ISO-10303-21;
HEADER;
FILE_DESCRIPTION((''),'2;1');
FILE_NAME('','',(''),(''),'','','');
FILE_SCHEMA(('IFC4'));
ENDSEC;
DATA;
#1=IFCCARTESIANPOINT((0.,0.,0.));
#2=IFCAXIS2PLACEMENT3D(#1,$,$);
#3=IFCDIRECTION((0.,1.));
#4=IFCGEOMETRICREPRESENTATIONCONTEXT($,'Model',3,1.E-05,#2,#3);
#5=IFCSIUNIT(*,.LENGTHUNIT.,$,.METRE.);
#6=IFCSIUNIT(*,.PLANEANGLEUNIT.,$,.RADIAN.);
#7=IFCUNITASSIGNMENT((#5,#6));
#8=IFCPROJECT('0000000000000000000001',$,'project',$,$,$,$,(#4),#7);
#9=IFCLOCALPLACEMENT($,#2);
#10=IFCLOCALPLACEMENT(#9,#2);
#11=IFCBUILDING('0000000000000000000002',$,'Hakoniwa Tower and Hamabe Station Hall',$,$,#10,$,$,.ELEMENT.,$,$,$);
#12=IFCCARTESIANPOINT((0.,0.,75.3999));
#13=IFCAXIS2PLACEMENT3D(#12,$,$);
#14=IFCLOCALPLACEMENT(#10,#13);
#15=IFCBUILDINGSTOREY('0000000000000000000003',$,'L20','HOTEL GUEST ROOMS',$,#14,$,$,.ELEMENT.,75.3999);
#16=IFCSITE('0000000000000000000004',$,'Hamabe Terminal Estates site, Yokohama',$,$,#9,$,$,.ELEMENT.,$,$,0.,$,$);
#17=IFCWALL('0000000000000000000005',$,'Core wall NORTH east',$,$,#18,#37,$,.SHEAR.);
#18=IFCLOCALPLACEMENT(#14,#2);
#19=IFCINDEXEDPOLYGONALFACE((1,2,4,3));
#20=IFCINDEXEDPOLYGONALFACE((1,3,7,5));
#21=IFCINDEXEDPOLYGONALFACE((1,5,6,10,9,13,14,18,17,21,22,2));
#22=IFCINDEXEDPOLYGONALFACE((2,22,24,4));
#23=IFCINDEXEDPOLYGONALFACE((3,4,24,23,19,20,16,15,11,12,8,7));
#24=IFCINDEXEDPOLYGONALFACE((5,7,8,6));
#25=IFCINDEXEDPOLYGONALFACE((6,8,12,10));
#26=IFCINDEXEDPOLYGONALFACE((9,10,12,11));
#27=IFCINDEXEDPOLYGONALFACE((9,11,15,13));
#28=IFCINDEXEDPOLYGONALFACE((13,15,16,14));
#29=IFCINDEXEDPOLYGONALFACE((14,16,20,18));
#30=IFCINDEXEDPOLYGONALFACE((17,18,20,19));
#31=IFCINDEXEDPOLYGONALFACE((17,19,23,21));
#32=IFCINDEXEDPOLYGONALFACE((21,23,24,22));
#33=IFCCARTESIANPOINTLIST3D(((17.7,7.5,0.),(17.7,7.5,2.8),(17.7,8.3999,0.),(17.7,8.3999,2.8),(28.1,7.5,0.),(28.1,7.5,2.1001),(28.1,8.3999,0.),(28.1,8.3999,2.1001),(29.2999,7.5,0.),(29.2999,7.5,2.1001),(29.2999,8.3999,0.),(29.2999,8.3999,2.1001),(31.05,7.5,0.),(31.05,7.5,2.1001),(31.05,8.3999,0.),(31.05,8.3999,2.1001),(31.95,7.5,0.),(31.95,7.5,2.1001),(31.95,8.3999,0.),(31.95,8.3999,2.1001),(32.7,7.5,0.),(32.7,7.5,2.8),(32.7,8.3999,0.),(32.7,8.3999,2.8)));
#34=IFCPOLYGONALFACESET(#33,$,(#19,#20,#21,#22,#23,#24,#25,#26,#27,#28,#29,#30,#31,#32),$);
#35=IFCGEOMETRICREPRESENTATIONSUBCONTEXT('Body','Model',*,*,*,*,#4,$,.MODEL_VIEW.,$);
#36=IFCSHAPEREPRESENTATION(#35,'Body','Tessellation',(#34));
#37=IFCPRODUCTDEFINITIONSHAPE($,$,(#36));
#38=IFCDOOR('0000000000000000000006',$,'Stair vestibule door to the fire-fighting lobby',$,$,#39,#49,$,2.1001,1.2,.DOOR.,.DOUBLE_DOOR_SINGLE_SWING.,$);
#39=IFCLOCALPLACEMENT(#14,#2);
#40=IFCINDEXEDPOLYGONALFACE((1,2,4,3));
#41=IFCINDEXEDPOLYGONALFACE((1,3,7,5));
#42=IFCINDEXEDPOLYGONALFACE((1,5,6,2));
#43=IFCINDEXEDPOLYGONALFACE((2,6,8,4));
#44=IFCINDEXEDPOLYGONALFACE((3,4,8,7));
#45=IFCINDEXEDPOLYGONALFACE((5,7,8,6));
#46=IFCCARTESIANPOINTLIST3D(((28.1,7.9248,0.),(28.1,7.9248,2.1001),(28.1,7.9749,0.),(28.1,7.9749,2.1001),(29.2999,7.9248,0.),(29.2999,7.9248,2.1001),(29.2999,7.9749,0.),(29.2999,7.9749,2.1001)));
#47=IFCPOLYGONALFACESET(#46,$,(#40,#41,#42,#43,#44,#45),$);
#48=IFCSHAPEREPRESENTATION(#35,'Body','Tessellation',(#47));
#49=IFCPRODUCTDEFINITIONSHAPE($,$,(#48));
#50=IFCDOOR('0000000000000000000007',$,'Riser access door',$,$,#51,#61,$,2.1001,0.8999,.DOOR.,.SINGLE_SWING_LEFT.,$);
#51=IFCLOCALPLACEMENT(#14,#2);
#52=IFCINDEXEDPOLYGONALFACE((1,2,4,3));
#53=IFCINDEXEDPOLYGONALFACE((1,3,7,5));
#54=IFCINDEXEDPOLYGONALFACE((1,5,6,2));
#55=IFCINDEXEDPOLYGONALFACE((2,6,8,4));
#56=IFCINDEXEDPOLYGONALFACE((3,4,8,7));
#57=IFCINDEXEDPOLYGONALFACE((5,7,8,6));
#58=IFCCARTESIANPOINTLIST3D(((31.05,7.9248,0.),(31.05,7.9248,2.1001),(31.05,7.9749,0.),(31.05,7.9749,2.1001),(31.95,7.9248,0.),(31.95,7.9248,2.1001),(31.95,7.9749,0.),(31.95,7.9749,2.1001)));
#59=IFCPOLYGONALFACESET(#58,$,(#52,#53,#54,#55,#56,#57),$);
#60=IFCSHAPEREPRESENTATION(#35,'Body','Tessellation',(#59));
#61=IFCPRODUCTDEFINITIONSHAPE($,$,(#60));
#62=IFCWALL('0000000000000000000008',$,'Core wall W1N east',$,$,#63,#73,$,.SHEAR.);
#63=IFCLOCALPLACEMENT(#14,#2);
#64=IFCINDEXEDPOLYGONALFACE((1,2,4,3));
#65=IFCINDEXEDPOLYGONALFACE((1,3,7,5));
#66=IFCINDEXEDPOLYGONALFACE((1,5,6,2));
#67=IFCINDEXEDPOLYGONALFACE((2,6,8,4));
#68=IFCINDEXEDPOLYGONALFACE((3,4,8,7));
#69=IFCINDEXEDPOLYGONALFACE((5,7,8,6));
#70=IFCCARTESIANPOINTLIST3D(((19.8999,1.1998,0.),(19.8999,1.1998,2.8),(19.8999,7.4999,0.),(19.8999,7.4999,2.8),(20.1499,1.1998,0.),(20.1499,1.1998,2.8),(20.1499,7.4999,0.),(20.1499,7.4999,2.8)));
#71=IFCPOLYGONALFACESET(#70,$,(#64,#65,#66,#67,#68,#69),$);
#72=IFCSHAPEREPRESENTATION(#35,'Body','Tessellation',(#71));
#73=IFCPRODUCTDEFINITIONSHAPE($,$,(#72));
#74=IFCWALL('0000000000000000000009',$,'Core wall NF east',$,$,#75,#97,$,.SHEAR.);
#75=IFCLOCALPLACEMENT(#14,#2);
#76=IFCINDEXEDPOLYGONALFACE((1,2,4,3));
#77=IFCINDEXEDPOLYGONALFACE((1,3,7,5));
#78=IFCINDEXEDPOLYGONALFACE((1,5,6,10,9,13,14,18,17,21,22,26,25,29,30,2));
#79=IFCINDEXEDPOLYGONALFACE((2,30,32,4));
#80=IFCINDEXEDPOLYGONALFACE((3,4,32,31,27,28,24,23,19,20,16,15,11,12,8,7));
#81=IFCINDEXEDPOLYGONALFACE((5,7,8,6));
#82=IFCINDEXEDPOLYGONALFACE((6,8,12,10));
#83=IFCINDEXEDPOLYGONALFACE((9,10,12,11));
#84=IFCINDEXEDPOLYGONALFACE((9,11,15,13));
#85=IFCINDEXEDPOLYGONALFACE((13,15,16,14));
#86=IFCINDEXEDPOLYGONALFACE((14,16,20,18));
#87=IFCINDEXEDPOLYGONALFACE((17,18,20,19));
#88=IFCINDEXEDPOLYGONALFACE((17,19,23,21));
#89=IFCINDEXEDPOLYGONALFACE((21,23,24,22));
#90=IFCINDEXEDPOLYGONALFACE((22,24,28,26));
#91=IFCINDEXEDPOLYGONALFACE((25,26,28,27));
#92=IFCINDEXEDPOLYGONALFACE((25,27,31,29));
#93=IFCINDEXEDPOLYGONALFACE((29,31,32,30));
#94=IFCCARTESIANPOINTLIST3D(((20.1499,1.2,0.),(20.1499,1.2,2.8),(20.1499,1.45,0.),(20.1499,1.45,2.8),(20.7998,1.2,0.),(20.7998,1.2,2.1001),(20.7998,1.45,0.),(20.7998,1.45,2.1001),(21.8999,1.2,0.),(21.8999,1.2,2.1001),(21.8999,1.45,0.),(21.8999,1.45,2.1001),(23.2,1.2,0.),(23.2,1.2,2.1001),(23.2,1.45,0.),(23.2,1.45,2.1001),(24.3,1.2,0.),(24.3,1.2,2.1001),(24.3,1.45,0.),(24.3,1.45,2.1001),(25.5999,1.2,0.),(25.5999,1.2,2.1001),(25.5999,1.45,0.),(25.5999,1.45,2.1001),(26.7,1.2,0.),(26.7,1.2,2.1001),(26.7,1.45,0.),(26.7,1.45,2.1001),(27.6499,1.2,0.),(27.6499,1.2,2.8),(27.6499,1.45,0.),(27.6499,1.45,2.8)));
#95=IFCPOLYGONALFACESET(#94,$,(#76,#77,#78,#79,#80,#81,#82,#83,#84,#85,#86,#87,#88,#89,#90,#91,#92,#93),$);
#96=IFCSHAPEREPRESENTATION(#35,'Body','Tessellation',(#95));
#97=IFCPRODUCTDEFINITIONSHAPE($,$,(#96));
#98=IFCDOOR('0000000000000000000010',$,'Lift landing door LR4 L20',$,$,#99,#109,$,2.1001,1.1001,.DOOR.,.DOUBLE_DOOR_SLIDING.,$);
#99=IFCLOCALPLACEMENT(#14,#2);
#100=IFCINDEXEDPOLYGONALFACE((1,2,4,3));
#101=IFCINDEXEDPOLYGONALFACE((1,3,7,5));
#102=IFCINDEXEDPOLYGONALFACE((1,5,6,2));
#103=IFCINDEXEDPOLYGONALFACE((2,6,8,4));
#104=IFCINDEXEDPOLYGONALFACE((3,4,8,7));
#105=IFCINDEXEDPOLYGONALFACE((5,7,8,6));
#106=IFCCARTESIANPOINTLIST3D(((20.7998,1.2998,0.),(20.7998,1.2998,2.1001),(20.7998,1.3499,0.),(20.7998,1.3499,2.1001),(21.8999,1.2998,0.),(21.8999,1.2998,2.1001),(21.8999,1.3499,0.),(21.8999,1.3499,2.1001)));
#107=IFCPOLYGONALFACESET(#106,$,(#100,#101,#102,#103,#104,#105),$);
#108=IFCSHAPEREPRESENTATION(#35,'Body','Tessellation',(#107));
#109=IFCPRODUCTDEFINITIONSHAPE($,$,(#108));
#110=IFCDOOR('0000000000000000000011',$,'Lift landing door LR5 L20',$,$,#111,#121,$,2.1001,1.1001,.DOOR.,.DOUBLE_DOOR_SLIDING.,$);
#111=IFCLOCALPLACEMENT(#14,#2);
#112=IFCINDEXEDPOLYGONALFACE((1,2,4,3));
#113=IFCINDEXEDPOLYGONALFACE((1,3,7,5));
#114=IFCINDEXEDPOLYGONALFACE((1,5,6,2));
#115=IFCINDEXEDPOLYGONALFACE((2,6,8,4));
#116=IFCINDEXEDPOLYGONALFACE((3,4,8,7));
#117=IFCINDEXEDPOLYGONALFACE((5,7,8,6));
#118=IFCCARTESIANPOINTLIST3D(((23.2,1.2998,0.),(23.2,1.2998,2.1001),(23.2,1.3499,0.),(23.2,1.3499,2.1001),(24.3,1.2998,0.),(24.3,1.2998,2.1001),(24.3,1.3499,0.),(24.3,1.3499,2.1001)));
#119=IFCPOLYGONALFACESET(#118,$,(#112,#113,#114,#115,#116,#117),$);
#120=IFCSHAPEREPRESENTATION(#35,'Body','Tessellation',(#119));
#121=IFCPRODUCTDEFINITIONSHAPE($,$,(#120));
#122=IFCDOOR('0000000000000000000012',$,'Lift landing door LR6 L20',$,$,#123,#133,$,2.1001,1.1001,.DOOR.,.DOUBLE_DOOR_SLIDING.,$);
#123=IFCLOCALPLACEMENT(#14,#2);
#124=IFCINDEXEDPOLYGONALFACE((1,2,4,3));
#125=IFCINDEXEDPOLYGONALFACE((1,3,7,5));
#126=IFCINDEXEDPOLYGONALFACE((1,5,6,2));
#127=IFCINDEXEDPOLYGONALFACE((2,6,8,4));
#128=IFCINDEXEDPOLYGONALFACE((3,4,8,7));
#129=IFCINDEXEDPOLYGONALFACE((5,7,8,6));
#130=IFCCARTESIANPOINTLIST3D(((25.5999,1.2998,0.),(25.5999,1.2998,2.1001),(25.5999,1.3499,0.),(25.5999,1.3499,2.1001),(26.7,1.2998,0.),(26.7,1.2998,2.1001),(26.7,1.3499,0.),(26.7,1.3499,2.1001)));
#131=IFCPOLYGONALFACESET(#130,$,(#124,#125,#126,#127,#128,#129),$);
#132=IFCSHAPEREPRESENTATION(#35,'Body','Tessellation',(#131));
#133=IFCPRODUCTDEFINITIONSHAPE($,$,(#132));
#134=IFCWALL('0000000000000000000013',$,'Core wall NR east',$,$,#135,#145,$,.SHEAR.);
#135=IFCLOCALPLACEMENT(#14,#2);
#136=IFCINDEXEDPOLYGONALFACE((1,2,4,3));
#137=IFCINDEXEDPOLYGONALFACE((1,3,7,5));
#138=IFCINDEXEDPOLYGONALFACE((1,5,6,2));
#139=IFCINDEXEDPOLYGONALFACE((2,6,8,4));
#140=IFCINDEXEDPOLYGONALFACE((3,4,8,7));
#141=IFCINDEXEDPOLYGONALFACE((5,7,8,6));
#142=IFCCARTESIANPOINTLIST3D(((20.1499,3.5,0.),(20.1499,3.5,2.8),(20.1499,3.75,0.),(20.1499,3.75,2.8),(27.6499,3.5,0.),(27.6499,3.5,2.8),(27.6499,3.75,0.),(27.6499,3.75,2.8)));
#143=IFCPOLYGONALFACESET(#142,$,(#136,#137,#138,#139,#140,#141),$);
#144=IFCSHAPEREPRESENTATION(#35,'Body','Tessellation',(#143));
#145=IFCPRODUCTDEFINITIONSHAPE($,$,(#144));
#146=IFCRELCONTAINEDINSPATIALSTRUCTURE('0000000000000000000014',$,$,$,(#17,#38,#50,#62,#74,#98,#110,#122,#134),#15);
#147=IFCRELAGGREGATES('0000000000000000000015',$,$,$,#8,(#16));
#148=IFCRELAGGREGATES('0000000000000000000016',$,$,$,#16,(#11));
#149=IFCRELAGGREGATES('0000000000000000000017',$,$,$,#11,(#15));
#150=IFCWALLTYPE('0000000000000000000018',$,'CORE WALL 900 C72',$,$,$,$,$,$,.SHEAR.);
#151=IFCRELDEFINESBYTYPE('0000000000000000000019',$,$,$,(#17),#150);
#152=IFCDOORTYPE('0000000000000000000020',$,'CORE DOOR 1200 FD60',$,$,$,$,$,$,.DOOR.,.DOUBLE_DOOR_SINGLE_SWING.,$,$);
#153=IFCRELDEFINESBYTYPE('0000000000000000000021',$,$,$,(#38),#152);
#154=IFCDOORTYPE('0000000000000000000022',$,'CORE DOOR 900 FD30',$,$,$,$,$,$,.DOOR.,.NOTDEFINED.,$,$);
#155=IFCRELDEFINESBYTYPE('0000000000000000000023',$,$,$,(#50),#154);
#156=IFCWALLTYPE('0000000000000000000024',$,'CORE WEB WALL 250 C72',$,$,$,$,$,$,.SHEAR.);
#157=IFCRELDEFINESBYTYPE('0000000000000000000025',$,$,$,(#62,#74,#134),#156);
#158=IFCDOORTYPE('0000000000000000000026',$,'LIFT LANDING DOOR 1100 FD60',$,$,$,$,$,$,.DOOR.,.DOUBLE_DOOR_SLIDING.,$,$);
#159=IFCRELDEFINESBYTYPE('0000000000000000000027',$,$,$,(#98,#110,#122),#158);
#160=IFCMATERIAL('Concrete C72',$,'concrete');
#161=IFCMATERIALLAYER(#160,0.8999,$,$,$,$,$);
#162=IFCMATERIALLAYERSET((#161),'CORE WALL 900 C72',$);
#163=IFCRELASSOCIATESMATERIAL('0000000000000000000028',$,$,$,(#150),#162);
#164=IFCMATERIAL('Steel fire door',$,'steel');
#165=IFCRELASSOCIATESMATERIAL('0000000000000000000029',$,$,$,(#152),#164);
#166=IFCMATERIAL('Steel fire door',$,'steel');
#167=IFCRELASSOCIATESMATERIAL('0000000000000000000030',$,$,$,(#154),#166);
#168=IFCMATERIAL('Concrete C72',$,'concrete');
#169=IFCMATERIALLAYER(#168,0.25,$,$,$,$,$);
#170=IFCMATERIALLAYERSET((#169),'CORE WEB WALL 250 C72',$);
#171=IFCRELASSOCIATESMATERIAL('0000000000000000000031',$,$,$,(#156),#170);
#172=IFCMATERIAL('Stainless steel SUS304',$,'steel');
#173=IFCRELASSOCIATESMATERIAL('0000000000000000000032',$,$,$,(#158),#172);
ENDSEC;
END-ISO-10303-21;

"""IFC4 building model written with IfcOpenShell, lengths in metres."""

from ifc_helpers import new_model, si_unit, direction, frame, frame_2d, origin, place, context, subcontext, project, spatial, rectangle, extrude, material, layer, layer_set, type_object, element, fill, save


model = new_model("IFC4")

# Units and contexts
model_context = context("Model", 3, precision=1e-05, world=origin(), true_north=direction((0.0, 1.0)))
body_context = subcontext(model_context, "Body", "Model", "MODEL_VIEW")
ifc_project = project(units=[si_unit("LENGTHUNIT", "METRE"), si_unit("PLANEANGLEUNIT", "RADIAN")], contexts=[model_context])

# Site, building, storey
site_placement = place(None, origin())
site = spatial("IfcSite", under=ifc_project, at=site_placement, Name="Hamabe Terminal Estates site, Yokohama", CompositionType="ELEMENT", RefElevation=0.0)
building_placement = place(site_placement, origin())
building = spatial("IfcBuilding", under=site, at=building_placement, Name="Hakoniwa Tower and Hamabe Station Hall", CompositionType="ELEMENT")
storey_placement = place(building_placement, frame((0.0, 0.0, 75.3999)))
storey = spatial("IfcBuildingStorey", under=building, at=storey_placement, Name="L20", Description="HOTEL GUEST ROOMS", CompositionType="ELEMENT", Elevation=75.3999)

# Wall, openings, doors
ifc_material_1 = material(Name="Concrete C72", Category="concrete")
ifc_layer_1 = layer(ifc_material_1, 0.8999)
ifc_layer_set_1 = layer_set([ifc_layer_1], Name="CORE WALL 900 C72")
wall_type_1 = type_object("IfcWallType", Name="CORE WALL 900 C72", PredefinedType="SHEAR", material=ifc_layer_set_1)
wall_1_placement = place(storey_placement, frame((17.7, 7.95, 0.0), z_axis=(0.0, 0.0, 1.0), x_axis=(1.0, 0.0, 0.0)))
wall_1 = element("IfcWall", 1, at=wall_1_placement, inside=storey, type_object=wall_type_1, Name="Core wall NORTH east", PredefinedType="SHEAR", context=body_context, shape_type="SweptSolid", body=[
    extrude(rectangle(XDim=15.0, YDim=0.8999, at=frame_2d((7.5, 0.0))), origin(), (0.0, 0.0, 1.0), 2.8),
])
opening_1_placement = place(wall_1_placement, frame((10.3999, 0.0, 0.0)))
opening_1 = element("IfcOpeningElement", 2, at=opening_1_placement, cuts=wall_1, PredefinedType="OPENING", context=body_context, shape_type="SweptSolid", body=[
    extrude(rectangle(XDim=1.2, YDim=2.1001, at=frame_2d((0.6001, 1.05))), frame((0.0, 0.46, 0.0), z_axis=(0.0, -1.0, 0.0), x_axis=(1.0, 0.0, 0.0)), (0.0, 0.0, 1.0), 0.9199),
])
opening_2_placement = place(wall_1_placement, frame((13.3501, 0.0, 0.0)))
opening_2 = element("IfcOpeningElement", 3, at=opening_2_placement, cuts=wall_1, PredefinedType="OPENING", context=body_context, shape_type="SweptSolid", body=[
    extrude(rectangle(XDim=0.8999, YDim=2.1001, at=frame_2d((0.45, 1.05))), frame((0.0, 0.46, 0.0), z_axis=(0.0, -1.0, 0.0), x_axis=(1.0, 0.0, 0.0)), (0.0, 0.0, 1.0), 0.9199),
])
ifc_material_2 = material(Name="Steel fire door", Category="steel")
door_type_1 = type_object("IfcDoorType", Name="CORE DOOR 1200 FD60", OperationType="DOUBLE_DOOR_SINGLE_SWING", PredefinedType="DOOR", material=ifc_material_2)
door_1_placement = place(opening_1_placement, origin())
door_1 = element("IfcDoor", 4, at=door_1_placement, inside=storey, type_object=door_type_1, Name="Stair vestibule door to the fire-fighting lobby", OperationType="DOUBLE_DOOR_SINGLE_SWING", OverallHeight=2.1001, OverallWidth=1.2, PredefinedType="DOOR", context=body_context, shape_type="SweptSolid", body=[
    extrude(rectangle(XDim=1.2, YDim=2.1001, at=frame_2d((0.6001, 1.05))), frame((0.0, 0.0249, 0.0), z_axis=(0.0, -1.0, 0.0), x_axis=(1.0, 0.0, 0.0)), (0.0, 0.0, 1.0), 0.05),
])
fill(opening_1, door_1)
ifc_material_3 = material(Name="Steel fire door", Category="steel")
door_type_2 = type_object("IfcDoorType", Name="CORE DOOR 900 FD30", OperationType="NOTDEFINED", PredefinedType="DOOR", material=ifc_material_3)
door_2_placement = place(opening_2_placement, origin())
door_2 = element("IfcDoor", 5, at=door_2_placement, inside=storey, type_object=door_type_2, Name="Riser access door", OperationType="SINGLE_SWING_LEFT", OverallHeight=2.1001, OverallWidth=0.8999, PredefinedType="DOOR", context=body_context, shape_type="SweptSolid", body=[
    extrude(rectangle(XDim=0.8999, YDim=2.1001, at=frame_2d((0.45, 1.05))), frame((0.0, 0.0249, 0.0), z_axis=(0.0, -1.0, 0.0), x_axis=(1.0, 0.0, 0.0)), (0.0, 0.0, 1.0), 0.05),
])
fill(opening_2, door_2)

# Wall
ifc_material_4 = material(Name="Concrete C72", Category="concrete")
ifc_layer_2 = layer(ifc_material_4, 0.25)
ifc_layer_set_2 = layer_set([ifc_layer_2], Name="CORE WEB WALL 250 C72")
wall_type_2 = type_object("IfcWallType", Name="CORE WEB WALL 250 C72", PredefinedType="SHEAR", material=ifc_layer_set_2)
wall_2_placement = place(storey_placement, frame((20.0249, 1.2, 0.0), z_axis=(0.0, 0.0, 1.0), x_axis=(0.0, 1.0, 0.0)))
element("IfcWall", 6, at=wall_2_placement, inside=storey, type_object=wall_type_2, Name="Core wall W1N east", PredefinedType="SHEAR", context=body_context, shape_type="SweptSolid", body=[
    extrude(rectangle(XDim=6.3, YDim=0.25, at=frame_2d((3.1499, 0.0))), origin(), (0.0, 0.0, 1.0), 2.8),
])

# Wall, openings, doors
wall_3_placement = place(storey_placement, frame((20.1499, 1.325, 0.0), z_axis=(0.0, 0.0, 1.0), x_axis=(1.0, 0.0, 0.0)))
wall_3 = element("IfcWall", 7, at=wall_3_placement, inside=storey, type_object=wall_type_2, Name="Core wall NF east", PredefinedType="SHEAR", context=body_context, shape_type="SweptSolid", body=[
    extrude(rectangle(XDim=7.5, YDim=0.25, at=frame_2d((3.75, 0.0))), origin(), (0.0, 0.0, 1.0), 2.8),
])
opening_3_placement = place(wall_3_placement, frame((0.6499, 0.0, 0.0)))
opening_3 = element("IfcOpeningElement", 8, at=opening_3_placement, cuts=wall_3, PredefinedType="OPENING", context=body_context, shape_type="SweptSolid", body=[
    extrude(rectangle(XDim=1.1001, YDim=2.1001, at=frame_2d((0.55, 1.05))), frame((0.0, 0.135, 0.0), z_axis=(0.0, -1.0, 0.0), x_axis=(1.0, 0.0, 0.0)), (0.0, 0.0, 1.0), 0.27),
])
opening_4_placement = place(wall_3_placement, frame((3.05, 0.0, 0.0)))
opening_4 = element("IfcOpeningElement", 9, at=opening_4_placement, cuts=wall_3, PredefinedType="OPENING", context=body_context, shape_type="SweptSolid", body=[
    extrude(rectangle(XDim=1.1001, YDim=2.1001, at=frame_2d((0.55, 1.05))), frame((0.0, 0.135, 0.0), z_axis=(0.0, -1.0, 0.0), x_axis=(1.0, 0.0, 0.0)), (0.0, 0.0, 1.0), 0.27),
])
opening_5_placement = place(wall_3_placement, frame((5.45, 0.0, 0.0)))
opening_5 = element("IfcOpeningElement", 10, at=opening_5_placement, cuts=wall_3, PredefinedType="OPENING", context=body_context, shape_type="SweptSolid", body=[
    extrude(rectangle(XDim=1.1001, YDim=2.1001, at=frame_2d((0.55, 1.05))), frame((0.0, 0.135, 0.0), z_axis=(0.0, -1.0, 0.0), x_axis=(1.0, 0.0, 0.0)), (0.0, 0.0, 1.0), 0.27),
])
ifc_material_5 = material(Name="Stainless steel SUS304", Category="steel")
door_type_3 = type_object("IfcDoorType", Name="LIFT LANDING DOOR 1100 FD60", OperationType="DOUBLE_DOOR_SLIDING", PredefinedType="DOOR", material=ifc_material_5)
door_3_placement = place(opening_3_placement, origin())
door_3 = element("IfcDoor", 11, at=door_3_placement, inside=storey, type_object=door_type_3, Name="Lift landing door LR4 L20", OperationType="DOUBLE_DOOR_SLIDING", OverallHeight=2.1001, OverallWidth=1.1001, PredefinedType="DOOR", context=body_context, shape_type="SweptSolid", body=[
    extrude(rectangle(XDim=1.1001, YDim=2.1001, at=frame_2d((0.55, 1.05))), frame((0.0, 0.0249, 0.0), z_axis=(0.0, -1.0, 0.0), x_axis=(1.0, 0.0, 0.0)), (0.0, 0.0, 1.0), 0.05),
])
fill(opening_3, door_3)
door_4_placement = place(opening_4_placement, origin())
door_4 = element("IfcDoor", 12, at=door_4_placement, inside=storey, type_object=door_type_3, Name="Lift landing door LR5 L20", OperationType="DOUBLE_DOOR_SLIDING", OverallHeight=2.1001, OverallWidth=1.1001, PredefinedType="DOOR", context=body_context, shape_type="SweptSolid", body=[
    extrude(rectangle(XDim=1.1001, YDim=2.1001, at=frame_2d((0.55, 1.05))), frame((0.0, 0.0249, 0.0), z_axis=(0.0, -1.0, 0.0), x_axis=(1.0, 0.0, 0.0)), (0.0, 0.0, 1.0), 0.05),
])
fill(opening_4, door_4)
door_5_placement = place(opening_5_placement, origin())
door_5 = element("IfcDoor", 13, at=door_5_placement, inside=storey, type_object=door_type_3, Name="Lift landing door LR6 L20", OperationType="DOUBLE_DOOR_SLIDING", OverallHeight=2.1001, OverallWidth=1.1001, PredefinedType="DOOR", context=body_context, shape_type="SweptSolid", body=[
    extrude(rectangle(XDim=1.1001, YDim=2.1001, at=frame_2d((0.55, 1.05))), frame((0.0, 0.0249, 0.0), z_axis=(0.0, -1.0, 0.0), x_axis=(1.0, 0.0, 0.0)), (0.0, 0.0, 1.0), 0.05),
])
fill(opening_5, door_5)

# Wall
wall_4_placement = place(storey_placement, frame((20.1499, 3.625, 0.0), z_axis=(0.0, 0.0, 1.0), x_axis=(1.0, 0.0, 0.0)))
element("IfcWall", 14, at=wall_4_placement, inside=storey, type_object=wall_type_2, Name="Core wall NR east", PredefinedType="SHEAR", context=body_context, shape_type="SweptSolid", body=[
    extrude(rectangle(XDim=7.5, YDim=0.25, at=frame_2d((3.75, 0.0))), origin(), (0.0, 0.0, 1.0), 2.8),
])

save(model, "model.ifc")
